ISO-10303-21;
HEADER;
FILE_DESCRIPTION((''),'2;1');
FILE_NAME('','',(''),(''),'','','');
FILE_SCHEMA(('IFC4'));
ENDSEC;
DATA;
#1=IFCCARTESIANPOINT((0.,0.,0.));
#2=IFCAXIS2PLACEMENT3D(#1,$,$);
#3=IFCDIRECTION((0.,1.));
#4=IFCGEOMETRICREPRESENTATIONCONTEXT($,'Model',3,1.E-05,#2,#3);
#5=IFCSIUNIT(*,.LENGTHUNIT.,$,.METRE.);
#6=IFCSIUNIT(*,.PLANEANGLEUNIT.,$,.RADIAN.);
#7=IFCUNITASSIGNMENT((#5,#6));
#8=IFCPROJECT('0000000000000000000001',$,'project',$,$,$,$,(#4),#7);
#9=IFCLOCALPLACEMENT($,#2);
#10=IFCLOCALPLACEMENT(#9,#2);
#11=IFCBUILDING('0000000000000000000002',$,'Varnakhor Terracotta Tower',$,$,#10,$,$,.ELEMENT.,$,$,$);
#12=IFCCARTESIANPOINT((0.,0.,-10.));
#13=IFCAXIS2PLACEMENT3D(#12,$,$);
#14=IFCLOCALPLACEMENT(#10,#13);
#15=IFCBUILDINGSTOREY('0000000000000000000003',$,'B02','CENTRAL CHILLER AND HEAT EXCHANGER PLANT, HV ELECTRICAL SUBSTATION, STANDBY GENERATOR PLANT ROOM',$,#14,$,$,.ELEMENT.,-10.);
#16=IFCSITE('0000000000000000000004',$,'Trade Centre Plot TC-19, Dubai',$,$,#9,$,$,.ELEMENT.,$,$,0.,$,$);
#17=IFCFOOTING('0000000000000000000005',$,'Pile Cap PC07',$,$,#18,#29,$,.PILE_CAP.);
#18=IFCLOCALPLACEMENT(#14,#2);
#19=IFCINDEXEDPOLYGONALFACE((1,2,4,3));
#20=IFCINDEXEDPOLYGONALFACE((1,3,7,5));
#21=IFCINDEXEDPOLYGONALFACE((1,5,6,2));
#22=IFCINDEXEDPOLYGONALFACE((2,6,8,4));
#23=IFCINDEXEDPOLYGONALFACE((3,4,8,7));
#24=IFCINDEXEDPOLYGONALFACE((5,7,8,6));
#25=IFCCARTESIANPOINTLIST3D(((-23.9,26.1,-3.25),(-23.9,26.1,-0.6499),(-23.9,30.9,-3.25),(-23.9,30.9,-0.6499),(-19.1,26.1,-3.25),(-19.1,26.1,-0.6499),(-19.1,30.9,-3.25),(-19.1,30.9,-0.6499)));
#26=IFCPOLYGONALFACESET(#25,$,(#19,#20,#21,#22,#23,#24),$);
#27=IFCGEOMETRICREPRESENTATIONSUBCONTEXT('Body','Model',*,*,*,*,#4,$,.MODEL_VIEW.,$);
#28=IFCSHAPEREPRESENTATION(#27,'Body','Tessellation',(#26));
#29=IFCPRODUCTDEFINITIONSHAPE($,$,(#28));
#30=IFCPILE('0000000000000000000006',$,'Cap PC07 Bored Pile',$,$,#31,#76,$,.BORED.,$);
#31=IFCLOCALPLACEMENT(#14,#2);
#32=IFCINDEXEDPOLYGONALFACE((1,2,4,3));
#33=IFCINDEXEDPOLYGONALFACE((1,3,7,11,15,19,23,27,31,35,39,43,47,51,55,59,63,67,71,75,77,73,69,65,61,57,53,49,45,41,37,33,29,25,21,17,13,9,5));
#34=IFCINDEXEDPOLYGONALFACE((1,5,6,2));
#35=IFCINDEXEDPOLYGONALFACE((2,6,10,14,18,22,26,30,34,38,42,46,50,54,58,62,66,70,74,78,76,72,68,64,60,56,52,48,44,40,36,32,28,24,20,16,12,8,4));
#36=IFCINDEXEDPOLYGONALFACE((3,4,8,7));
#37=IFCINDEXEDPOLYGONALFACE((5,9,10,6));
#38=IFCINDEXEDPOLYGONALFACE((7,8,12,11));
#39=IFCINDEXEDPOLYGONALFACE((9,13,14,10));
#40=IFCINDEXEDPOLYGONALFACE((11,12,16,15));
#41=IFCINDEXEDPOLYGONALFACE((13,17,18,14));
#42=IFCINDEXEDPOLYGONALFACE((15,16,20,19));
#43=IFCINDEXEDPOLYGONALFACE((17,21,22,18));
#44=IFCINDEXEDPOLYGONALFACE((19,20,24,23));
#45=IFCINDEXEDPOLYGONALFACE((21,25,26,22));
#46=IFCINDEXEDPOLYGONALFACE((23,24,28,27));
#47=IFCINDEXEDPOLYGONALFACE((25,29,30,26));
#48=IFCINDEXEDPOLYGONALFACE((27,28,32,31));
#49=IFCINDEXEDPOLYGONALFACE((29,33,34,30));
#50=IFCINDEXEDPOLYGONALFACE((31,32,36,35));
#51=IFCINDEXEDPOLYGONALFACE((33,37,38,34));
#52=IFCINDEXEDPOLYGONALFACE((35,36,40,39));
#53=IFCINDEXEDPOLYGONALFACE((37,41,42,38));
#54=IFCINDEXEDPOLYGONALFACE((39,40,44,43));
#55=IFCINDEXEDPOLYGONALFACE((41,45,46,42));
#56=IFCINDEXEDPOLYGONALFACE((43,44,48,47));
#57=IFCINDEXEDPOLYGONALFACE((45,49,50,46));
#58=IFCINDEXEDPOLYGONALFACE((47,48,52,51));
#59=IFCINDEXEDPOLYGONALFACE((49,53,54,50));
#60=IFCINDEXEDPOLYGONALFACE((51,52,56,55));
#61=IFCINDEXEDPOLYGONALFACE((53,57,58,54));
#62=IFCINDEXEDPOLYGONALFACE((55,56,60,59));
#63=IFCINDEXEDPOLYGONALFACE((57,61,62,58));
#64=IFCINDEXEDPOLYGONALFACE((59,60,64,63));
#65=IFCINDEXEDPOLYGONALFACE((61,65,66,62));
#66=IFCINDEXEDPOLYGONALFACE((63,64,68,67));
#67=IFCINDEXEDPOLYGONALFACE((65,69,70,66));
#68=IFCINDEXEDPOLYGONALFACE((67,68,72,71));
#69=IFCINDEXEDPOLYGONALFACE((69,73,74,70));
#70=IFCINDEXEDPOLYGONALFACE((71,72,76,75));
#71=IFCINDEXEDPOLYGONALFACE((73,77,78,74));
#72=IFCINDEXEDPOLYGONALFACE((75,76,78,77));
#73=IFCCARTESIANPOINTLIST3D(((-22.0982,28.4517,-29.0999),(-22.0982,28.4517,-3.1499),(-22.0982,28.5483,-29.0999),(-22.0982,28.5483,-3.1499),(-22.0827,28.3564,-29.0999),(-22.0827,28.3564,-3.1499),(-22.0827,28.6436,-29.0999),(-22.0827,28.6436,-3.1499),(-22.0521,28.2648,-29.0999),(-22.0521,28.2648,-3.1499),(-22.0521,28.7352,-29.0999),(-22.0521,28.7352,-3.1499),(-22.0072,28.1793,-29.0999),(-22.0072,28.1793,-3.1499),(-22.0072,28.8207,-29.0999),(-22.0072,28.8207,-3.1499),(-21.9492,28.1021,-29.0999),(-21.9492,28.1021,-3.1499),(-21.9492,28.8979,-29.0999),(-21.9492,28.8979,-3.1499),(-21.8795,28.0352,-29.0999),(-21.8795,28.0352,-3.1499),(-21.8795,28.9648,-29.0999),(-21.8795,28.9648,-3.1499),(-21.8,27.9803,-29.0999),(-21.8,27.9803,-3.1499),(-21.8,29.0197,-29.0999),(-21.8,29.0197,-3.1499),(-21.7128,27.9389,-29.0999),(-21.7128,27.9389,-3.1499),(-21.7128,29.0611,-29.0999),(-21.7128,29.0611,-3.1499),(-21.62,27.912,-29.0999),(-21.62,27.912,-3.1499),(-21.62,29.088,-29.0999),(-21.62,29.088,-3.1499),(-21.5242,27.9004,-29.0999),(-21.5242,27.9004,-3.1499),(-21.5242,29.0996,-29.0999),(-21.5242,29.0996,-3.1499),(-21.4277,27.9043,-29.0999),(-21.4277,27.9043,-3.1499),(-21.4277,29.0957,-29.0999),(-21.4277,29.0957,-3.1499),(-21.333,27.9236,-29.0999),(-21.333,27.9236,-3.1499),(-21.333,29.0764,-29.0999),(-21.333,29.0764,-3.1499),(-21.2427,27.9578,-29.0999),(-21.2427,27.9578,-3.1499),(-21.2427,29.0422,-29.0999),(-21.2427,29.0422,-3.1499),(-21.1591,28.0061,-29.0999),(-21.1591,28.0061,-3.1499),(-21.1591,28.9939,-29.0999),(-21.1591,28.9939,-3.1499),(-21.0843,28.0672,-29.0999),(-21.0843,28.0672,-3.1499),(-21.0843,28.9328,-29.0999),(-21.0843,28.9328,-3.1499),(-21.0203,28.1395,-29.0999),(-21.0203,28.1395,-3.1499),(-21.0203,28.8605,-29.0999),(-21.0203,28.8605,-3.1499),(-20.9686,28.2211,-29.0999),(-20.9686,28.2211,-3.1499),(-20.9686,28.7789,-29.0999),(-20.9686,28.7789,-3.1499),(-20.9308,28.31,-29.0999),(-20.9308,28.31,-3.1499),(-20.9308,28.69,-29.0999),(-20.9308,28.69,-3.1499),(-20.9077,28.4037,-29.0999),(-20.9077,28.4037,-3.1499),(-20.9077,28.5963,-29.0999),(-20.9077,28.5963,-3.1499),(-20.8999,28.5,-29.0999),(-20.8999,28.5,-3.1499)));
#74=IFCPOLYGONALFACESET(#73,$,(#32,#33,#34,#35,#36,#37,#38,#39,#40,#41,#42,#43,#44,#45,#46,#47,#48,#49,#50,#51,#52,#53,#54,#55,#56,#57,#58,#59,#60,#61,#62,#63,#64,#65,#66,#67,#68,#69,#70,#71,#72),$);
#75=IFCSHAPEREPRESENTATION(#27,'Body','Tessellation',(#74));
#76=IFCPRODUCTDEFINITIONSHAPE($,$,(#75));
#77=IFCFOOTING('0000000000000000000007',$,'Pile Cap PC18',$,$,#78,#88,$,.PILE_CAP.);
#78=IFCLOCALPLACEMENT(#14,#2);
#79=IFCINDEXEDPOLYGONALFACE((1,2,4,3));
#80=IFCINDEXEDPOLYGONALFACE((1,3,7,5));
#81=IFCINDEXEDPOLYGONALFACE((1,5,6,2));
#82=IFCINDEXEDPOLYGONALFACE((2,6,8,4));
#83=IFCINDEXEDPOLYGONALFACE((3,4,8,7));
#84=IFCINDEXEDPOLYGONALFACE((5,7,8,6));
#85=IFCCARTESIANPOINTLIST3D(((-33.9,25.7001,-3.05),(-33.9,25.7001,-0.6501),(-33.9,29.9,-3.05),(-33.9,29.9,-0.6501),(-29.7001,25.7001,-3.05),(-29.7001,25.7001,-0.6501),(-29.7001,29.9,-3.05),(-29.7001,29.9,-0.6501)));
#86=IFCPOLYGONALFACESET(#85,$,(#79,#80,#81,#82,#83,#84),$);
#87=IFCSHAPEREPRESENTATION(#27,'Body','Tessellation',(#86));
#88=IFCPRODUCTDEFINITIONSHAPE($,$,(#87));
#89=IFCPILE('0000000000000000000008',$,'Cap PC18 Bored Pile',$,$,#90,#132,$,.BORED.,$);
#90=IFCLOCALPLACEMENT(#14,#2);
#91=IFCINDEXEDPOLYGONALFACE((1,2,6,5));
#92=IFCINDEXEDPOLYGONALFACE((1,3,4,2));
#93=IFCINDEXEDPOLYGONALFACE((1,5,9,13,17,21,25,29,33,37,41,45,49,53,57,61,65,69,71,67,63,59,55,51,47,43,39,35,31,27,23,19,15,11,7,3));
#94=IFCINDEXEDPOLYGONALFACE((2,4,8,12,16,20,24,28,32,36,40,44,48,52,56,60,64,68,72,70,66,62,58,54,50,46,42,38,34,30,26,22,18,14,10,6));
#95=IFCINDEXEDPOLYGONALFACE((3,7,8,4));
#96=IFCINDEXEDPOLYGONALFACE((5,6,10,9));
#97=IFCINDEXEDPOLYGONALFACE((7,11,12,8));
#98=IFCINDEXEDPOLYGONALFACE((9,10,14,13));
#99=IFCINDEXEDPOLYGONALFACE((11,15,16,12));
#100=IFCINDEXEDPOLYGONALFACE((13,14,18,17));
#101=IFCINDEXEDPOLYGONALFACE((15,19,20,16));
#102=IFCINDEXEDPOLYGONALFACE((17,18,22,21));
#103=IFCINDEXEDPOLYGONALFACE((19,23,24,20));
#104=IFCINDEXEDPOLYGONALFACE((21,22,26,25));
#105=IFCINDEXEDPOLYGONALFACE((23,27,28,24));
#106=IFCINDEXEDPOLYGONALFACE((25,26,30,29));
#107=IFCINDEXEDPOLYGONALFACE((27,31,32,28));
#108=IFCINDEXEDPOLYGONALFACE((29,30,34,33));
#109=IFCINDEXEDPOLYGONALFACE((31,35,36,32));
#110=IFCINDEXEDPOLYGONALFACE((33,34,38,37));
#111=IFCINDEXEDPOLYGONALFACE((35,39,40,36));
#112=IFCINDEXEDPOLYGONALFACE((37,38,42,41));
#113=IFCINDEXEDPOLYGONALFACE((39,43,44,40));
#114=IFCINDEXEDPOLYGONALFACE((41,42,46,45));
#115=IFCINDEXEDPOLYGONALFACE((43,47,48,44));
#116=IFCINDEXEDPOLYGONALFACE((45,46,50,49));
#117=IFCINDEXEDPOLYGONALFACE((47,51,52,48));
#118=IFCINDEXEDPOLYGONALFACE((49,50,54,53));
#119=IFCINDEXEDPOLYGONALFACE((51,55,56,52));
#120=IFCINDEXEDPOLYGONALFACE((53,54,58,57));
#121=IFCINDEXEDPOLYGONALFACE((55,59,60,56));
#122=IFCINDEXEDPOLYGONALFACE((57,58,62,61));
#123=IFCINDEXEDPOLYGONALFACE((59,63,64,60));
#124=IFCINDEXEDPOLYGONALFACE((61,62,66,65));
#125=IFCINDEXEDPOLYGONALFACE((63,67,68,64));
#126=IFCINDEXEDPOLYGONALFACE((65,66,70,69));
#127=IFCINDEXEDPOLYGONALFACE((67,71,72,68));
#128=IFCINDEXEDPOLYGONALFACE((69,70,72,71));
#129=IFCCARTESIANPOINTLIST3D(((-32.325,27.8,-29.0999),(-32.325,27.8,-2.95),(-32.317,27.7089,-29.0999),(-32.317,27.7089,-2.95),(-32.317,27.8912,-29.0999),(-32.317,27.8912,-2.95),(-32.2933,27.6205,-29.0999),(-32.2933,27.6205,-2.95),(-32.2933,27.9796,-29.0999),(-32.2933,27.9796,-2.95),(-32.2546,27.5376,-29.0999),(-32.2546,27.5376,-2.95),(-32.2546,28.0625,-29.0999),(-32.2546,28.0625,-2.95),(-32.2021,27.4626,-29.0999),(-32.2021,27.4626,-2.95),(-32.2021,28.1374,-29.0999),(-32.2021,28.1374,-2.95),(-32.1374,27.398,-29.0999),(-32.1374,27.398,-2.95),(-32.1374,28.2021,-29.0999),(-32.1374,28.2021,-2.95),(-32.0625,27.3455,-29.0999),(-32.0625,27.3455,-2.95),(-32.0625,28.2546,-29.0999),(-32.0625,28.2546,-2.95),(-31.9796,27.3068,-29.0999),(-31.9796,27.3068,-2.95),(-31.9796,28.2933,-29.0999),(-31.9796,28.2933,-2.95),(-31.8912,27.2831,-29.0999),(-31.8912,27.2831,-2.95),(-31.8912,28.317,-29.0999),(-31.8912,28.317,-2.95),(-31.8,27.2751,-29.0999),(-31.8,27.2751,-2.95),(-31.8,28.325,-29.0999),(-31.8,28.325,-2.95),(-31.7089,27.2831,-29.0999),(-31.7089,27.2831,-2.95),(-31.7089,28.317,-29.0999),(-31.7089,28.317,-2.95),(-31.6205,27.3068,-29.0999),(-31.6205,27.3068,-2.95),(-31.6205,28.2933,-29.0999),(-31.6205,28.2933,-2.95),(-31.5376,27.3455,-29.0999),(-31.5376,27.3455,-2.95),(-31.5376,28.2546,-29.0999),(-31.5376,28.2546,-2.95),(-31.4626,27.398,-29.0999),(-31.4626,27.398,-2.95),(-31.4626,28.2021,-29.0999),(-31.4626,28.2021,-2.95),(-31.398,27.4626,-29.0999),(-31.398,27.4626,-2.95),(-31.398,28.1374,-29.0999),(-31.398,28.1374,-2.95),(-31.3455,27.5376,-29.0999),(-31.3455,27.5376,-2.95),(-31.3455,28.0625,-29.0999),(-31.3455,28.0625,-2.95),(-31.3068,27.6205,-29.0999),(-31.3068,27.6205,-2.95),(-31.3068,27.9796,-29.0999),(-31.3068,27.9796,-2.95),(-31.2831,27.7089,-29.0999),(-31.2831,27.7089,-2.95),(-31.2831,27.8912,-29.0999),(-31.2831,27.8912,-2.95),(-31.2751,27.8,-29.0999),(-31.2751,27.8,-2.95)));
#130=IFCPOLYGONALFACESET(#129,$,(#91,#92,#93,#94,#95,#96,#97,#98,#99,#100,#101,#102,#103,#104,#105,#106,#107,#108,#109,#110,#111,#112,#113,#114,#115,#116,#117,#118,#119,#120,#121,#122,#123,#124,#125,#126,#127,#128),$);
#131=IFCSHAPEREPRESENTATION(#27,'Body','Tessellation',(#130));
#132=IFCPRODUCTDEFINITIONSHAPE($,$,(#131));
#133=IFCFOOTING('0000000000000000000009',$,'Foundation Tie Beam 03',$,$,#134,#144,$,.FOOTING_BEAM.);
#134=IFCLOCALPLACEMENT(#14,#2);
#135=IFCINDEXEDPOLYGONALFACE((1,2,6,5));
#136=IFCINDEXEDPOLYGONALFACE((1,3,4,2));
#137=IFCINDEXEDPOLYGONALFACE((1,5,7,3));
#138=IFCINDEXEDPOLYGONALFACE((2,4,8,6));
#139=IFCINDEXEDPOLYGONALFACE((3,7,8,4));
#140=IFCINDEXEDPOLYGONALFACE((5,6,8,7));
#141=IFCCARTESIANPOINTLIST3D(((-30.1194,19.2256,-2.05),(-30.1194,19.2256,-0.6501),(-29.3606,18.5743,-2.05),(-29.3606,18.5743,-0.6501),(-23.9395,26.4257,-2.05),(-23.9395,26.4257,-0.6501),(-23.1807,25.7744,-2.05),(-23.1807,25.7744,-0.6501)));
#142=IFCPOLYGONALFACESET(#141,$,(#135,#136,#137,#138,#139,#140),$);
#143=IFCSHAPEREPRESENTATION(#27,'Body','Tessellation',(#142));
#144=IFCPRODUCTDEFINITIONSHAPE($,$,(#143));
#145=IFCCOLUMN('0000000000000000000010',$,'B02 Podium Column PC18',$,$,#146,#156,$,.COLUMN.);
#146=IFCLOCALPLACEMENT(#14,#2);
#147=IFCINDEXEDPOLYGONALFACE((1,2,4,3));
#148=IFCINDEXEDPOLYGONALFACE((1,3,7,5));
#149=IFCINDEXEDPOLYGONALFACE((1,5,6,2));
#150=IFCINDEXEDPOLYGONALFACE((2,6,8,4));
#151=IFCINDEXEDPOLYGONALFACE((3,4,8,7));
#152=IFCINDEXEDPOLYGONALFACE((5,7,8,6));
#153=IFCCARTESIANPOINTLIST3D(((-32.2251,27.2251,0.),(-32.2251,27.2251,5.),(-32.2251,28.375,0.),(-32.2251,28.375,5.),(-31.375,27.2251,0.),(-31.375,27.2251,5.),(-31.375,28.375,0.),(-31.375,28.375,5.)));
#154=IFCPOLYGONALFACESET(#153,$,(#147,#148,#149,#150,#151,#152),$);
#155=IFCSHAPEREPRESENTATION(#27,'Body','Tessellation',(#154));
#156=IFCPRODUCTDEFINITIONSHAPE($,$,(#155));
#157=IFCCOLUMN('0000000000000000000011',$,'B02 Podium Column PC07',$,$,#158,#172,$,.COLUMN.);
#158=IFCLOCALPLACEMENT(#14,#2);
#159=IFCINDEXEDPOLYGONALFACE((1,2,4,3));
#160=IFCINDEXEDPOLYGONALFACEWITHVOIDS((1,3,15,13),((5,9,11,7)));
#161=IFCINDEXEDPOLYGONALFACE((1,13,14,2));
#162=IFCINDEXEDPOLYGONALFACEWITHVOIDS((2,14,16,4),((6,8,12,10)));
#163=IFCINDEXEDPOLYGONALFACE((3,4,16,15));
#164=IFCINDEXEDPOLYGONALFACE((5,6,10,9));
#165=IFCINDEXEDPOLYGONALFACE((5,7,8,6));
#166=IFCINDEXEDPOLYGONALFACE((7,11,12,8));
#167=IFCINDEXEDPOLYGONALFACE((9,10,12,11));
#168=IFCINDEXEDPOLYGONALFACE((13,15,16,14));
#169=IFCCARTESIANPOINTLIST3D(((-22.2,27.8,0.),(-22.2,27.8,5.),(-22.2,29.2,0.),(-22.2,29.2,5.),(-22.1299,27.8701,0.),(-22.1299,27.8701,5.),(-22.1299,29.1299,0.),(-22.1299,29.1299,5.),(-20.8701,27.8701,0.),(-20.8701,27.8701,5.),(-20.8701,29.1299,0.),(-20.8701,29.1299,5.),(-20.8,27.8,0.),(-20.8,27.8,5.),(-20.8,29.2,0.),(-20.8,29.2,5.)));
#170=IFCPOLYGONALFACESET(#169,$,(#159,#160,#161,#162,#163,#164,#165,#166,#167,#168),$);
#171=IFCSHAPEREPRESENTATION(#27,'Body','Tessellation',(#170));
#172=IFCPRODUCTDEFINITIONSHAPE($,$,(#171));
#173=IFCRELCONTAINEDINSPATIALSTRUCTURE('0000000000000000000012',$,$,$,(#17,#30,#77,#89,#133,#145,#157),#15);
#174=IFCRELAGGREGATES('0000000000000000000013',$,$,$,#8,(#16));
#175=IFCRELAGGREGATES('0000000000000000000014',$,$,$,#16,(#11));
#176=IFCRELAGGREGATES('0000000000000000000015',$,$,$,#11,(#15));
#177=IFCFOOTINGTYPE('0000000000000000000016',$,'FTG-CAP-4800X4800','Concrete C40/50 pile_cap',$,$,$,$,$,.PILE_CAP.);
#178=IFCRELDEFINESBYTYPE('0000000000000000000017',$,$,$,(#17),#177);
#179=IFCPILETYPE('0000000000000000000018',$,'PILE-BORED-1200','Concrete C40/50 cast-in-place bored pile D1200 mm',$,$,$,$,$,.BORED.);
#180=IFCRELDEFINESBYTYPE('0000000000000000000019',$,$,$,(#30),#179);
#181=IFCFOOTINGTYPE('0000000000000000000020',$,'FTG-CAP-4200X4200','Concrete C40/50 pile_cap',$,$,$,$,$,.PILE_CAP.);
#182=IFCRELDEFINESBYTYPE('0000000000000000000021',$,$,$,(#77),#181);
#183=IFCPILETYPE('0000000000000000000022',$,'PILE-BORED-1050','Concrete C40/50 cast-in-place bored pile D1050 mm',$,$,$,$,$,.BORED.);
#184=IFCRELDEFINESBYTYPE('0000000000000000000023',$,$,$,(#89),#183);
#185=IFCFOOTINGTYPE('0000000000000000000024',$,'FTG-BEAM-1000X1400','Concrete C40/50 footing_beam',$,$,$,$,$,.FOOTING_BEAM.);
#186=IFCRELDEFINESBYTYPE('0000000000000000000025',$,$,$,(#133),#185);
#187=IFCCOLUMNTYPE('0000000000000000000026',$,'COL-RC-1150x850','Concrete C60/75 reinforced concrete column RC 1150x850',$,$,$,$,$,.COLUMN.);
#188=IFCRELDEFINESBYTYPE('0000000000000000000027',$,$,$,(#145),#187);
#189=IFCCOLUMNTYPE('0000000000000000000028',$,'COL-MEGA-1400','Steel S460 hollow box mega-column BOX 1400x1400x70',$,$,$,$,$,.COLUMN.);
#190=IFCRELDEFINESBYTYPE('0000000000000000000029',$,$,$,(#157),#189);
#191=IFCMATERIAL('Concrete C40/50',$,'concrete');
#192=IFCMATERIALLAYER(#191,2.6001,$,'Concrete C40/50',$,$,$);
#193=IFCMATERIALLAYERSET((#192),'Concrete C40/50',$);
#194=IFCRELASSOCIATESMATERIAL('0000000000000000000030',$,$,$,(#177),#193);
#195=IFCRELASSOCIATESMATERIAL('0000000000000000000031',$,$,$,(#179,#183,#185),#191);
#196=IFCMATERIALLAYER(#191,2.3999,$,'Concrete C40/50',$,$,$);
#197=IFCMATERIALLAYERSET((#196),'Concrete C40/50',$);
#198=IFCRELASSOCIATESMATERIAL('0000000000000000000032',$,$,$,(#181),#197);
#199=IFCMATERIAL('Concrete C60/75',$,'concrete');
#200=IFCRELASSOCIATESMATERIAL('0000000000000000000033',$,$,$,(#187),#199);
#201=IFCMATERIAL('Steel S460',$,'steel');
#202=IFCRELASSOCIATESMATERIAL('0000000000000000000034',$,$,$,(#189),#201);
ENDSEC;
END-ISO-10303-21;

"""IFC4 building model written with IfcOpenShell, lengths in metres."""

from ifc_helpers import new_model, si_unit, direction, frame, origin, origin_2d, place, context, subcontext, project, spatial, rectangle, hollow_rectangle, circle, extrude, source, transform, mapped, material, layer, layer_set, material_profile, profile_set, type_object, type_shapes, element, save


model = new_model("IFC4")

# Units and contexts
model_context = context("Model", 3, precision=1e-05, world=origin(), true_north=direction((0.0, 1.0)))
body_context = subcontext(model_context, "Body", "Model", "MODEL_VIEW")
ifc_project = project(units=[si_unit("LENGTHUNIT", "METRE"), si_unit("PLANEANGLEUNIT", "RADIAN")], contexts=[model_context])

# Site, building, storey
site_placement = place(None, origin())
site = spatial("IfcSite", under=ifc_project, at=site_placement, Name="Trade Centre Plot TC-19, Dubai", CompositionType="ELEMENT", RefElevation=0.0)
building_placement = place(site_placement, origin())
building = spatial("IfcBuilding", under=site, at=building_placement, Name="Varnakhor Terracotta Tower", CompositionType="ELEMENT")
storey_placement = place(building_placement, frame((0.0, 0.0, -10.0)))
storey = spatial("IfcBuildingStorey", under=building, at=storey_placement, Name="B02", Description="CENTRAL CHILLER AND HEAT EXCHANGER PLANT, HV ELECTRICAL SUBSTATION, STANDBY GENERATOR PLANT ROOM", CompositionType="ELEMENT", Elevation=-10.0)

# Footing
ifc_material_1 = material(Name="Concrete C40/50", Category="concrete")
ifc_layer_1 = layer(ifc_material_1, 2.6001, Name="Concrete C40/50")
ifc_layer_set_1 = layer_set([ifc_layer_1], Name="Concrete C40/50")
footing_type_1 = type_object("IfcFootingType", Name="FTG-CAP-4800X4800", Description="Concrete C40/50 pile_cap", PredefinedType="PILE_CAP", material=ifc_layer_set_1)
shared_shape_1 = source(origin(), body_context, "Body", "SweptSolid", [
    extrude(rectangle(XDim=4.8, YDim=4.8, at=origin_2d()), origin(), (0.0, 0.0, 1.0), 2.6001),
])
type_shapes(footing_type_1, [shared_shape_1])
footing_1_placement = place(storey_placement, frame((-21.5, 28.5, -3.25), z_axis=(0.0, 0.0, 1.0), x_axis=(1.0, 0.0, 0.0)))
element("IfcFooting", 1, at=footing_1_placement, inside=storey, type_object=footing_type_1, Name="Pile Cap PC07", PredefinedType="PILE_CAP", context=body_context, shape_type="MappedRepresentation", body=[
    mapped(shared_shape_1, transform((0.0, 0.0, 0.0), scale=1.0)),
])

# Pile
ifc_material_profile_1 = material_profile(ifc_material_1, circle(Radius=0.6001, at=origin_2d()), Name="BORED PILE D1200")
ifc_profile_set_1 = profile_set([ifc_material_profile_1], Name="Concrete C40/50")
pile_type_1 = type_object("IfcPileType", Name="PILE-BORED-1200", Description="Concrete C40/50 cast-in-place bored pile D1200 mm", PredefinedType="BORED", material=ifc_profile_set_1)
shared_shape_2 = source(origin(), body_context, "Body", "SweptSolid", [
    extrude(circle(Radius=0.6001, at=origin_2d()), origin(), (0.0, 0.0, 1.0), 25.95),
])
type_shapes(pile_type_1, [shared_shape_2])
pile_1_placement = place(storey_placement, frame((-21.5, 28.5, -3.1499), z_axis=(0.0, 0.0, -1.0), x_axis=(1.0, 0.0, 0.0)))
element("IfcPile", 2, at=pile_1_placement, inside=storey, type_object=pile_type_1, Name="Cap PC07 Bored Pile", PredefinedType="BORED", context=body_context, shape_type="MappedRepresentation", body=[
    mapped(shared_shape_2, transform((0.0, 0.0, 0.0), scale=1.0)),
])

# Footing
ifc_layer_2 = layer(ifc_material_1, 2.3999, Name="Concrete C40/50")
ifc_layer_set_2 = layer_set([ifc_layer_2], Name="Concrete C40/50")
footing_type_2 = type_object("IfcFootingType", Name="FTG-CAP-4200X4200", Description="Concrete C40/50 pile_cap", PredefinedType="PILE_CAP", material=ifc_layer_set_2)
shared_shape_3 = source(origin(), body_context, "Body", "SweptSolid", [
    extrude(rectangle(XDim=4.2, YDim=4.2, at=origin_2d()), origin(), (0.0, 0.0, 1.0), 2.3999),
])
type_shapes(footing_type_2, [shared_shape_3])
footing_2_placement = place(storey_placement, frame((-31.8, 27.8, -3.05), z_axis=(0.0, 0.0, 1.0), x_axis=(1.0, 0.0, 0.0)))
element("IfcFooting", 3, at=footing_2_placement, inside=storey, type_object=footing_type_2, Name="Pile Cap PC18", PredefinedType="PILE_CAP", context=body_context, shape_type="MappedRepresentation", body=[
    mapped(shared_shape_3, transform((0.0, 0.0, 0.0), scale=1.0)),
])

# Pile
ifc_material_profile_2 = material_profile(ifc_material_1, circle(Radius=0.5249, at=origin_2d()), Name="BORED PILE D1050")
ifc_profile_set_2 = profile_set([ifc_material_profile_2], Name="Concrete C40/50")
pile_type_2 = type_object("IfcPileType", Name="PILE-BORED-1050", Description="Concrete C40/50 cast-in-place bored pile D1050 mm", PredefinedType="BORED", material=ifc_profile_set_2)
shared_shape_4 = source(origin(), body_context, "Body", "SweptSolid", [
    extrude(circle(Radius=0.5249, at=origin_2d()), origin(), (0.0, 0.0, 1.0), 26.1499),
])
type_shapes(pile_type_2, [shared_shape_4])
pile_2_placement = place(storey_placement, frame((-31.8, 27.8, -2.95), z_axis=(0.0, 0.0, -1.0), x_axis=(1.0, 0.0, 0.0)))
element("IfcPile", 4, at=pile_2_placement, inside=storey, type_object=pile_type_2, Name="Cap PC18 Bored Pile", PredefinedType="BORED", context=body_context, shape_type="MappedRepresentation", body=[
    mapped(shared_shape_4, transform((0.0, 0.0, 0.0), scale=1.0)),
])

# Footing
ifc_material_profile_3 = material_profile(ifc_material_1, rectangle(XDim=1.0, YDim=1.3999, at=origin_2d()), Name="TIE BEAM 1000x1400")
ifc_profile_set_3 = profile_set([ifc_material_profile_3], Name="Concrete C40/50")
footing_type_3 = type_object("IfcFootingType", Name="FTG-BEAM-1000X1400", Description="Concrete C40/50 footing_beam", PredefinedType="FOOTING_BEAM", material=ifc_profile_set_3)
shared_shape_5 = source(origin(), body_context, "Body", "SweptSolid", [
    extrude(rectangle(XDim=1.0, YDim=1.3999, at=origin_2d()), origin(), (0.0, 0.0, 1.0), 9.4885),
])
footing_3_placement = place(storey_placement, frame((-29.74, 18.8999, -1.3501), z_axis=(0.651298, 0.758822, 0.0), x_axis=(-0.758822, 0.651298, 0.0)))
element("IfcFooting", 5, at=footing_3_placement, inside=storey, type_object=footing_type_3, Name="Foundation Tie Beam 03", PredefinedType="FOOTING_BEAM", context=body_context, shape_type="MappedRepresentation", body=[
    mapped(shared_shape_5, transform((0.0, 0.0, 0.0), scale=1.0)),
])

# Columns
ifc_material_2 = material(Name="Concrete C60/75", Category="concrete")
ifc_material_profile_4 = material_profile(ifc_material_2, rectangle(XDim=0.8501, YDim=1.1499, at=origin_2d()), Name="RC 1150x850")
ifc_profile_set_4 = profile_set([ifc_material_profile_4], Name="Concrete C60/75")
column_type_1 = type_object("IfcColumnType", Name="COL-RC-1150x850", Description="Concrete C60/75 reinforced concrete column RC 1150x850", PredefinedType="COLUMN", material=ifc_profile_set_4)
shared_shape_6 = source(origin(), body_context, "Body", "SweptSolid", [
    extrude(rectangle(XDim=0.8501, YDim=1.1499, at=origin_2d()), origin(), (0.0, 0.0, 1.0), 5.0),
])
type_shapes(column_type_1, [shared_shape_6])
column_1_placement = place(storey_placement, frame((-31.8, 27.8, 0.0), z_axis=(0.0, 0.0, 1.0), x_axis=(1.0, 0.0, 0.0)))
element("IfcColumn", 6, at=column_1_placement, inside=storey, type_object=column_type_1, Name="B02 Podium Column PC18", PredefinedType="COLUMN", context=body_context, shape_type="MappedRepresentation", body=[
    mapped(shared_shape_6, transform((0.0, 0.0, 0.0), scale=1.0)),
])
ifc_material_3 = material(Name="Steel S460", Category="steel")
ifc_material_profile_5 = material_profile(ifc_material_3, hollow_rectangle(XDim=1.3999, YDim=1.3999, WallThickness=0.0701, at=origin_2d()), Name="BOX 1400x1400x70")
ifc_profile_set_5 = profile_set([ifc_material_profile_5], Name="Steel S460")
column_type_2 = type_object("IfcColumnType", Name="COL-MEGA-1400", Description="Steel S460 hollow box mega-column BOX 1400x1400x70", PredefinedType="COLUMN", material=ifc_profile_set_5)
shared_shape_7 = source(origin(), body_context, "Body", "SweptSolid", [
    extrude(hollow_rectangle(XDim=1.3999, YDim=1.3999, WallThickness=0.0701, at=origin_2d()), origin(), (0.0, 0.0, 1.0), 5.0),
])
type_shapes(column_type_2, [shared_shape_7])
column_2_placement = place(storey_placement, frame((-21.5, 28.5, 0.0), z_axis=(0.0, 0.0, 1.0), x_axis=(1.0, 0.0, 0.0)))
element("IfcColumn", 7, at=column_2_placement, inside=storey, type_object=column_type_2, Name="B02 Podium Column PC07", PredefinedType="COLUMN", context=body_context, shape_type="MappedRepresentation", body=[
    mapped(shared_shape_7, transform((0.0, 0.0, 0.0), scale=1.0)),
])

save(model, "model.ifc")
